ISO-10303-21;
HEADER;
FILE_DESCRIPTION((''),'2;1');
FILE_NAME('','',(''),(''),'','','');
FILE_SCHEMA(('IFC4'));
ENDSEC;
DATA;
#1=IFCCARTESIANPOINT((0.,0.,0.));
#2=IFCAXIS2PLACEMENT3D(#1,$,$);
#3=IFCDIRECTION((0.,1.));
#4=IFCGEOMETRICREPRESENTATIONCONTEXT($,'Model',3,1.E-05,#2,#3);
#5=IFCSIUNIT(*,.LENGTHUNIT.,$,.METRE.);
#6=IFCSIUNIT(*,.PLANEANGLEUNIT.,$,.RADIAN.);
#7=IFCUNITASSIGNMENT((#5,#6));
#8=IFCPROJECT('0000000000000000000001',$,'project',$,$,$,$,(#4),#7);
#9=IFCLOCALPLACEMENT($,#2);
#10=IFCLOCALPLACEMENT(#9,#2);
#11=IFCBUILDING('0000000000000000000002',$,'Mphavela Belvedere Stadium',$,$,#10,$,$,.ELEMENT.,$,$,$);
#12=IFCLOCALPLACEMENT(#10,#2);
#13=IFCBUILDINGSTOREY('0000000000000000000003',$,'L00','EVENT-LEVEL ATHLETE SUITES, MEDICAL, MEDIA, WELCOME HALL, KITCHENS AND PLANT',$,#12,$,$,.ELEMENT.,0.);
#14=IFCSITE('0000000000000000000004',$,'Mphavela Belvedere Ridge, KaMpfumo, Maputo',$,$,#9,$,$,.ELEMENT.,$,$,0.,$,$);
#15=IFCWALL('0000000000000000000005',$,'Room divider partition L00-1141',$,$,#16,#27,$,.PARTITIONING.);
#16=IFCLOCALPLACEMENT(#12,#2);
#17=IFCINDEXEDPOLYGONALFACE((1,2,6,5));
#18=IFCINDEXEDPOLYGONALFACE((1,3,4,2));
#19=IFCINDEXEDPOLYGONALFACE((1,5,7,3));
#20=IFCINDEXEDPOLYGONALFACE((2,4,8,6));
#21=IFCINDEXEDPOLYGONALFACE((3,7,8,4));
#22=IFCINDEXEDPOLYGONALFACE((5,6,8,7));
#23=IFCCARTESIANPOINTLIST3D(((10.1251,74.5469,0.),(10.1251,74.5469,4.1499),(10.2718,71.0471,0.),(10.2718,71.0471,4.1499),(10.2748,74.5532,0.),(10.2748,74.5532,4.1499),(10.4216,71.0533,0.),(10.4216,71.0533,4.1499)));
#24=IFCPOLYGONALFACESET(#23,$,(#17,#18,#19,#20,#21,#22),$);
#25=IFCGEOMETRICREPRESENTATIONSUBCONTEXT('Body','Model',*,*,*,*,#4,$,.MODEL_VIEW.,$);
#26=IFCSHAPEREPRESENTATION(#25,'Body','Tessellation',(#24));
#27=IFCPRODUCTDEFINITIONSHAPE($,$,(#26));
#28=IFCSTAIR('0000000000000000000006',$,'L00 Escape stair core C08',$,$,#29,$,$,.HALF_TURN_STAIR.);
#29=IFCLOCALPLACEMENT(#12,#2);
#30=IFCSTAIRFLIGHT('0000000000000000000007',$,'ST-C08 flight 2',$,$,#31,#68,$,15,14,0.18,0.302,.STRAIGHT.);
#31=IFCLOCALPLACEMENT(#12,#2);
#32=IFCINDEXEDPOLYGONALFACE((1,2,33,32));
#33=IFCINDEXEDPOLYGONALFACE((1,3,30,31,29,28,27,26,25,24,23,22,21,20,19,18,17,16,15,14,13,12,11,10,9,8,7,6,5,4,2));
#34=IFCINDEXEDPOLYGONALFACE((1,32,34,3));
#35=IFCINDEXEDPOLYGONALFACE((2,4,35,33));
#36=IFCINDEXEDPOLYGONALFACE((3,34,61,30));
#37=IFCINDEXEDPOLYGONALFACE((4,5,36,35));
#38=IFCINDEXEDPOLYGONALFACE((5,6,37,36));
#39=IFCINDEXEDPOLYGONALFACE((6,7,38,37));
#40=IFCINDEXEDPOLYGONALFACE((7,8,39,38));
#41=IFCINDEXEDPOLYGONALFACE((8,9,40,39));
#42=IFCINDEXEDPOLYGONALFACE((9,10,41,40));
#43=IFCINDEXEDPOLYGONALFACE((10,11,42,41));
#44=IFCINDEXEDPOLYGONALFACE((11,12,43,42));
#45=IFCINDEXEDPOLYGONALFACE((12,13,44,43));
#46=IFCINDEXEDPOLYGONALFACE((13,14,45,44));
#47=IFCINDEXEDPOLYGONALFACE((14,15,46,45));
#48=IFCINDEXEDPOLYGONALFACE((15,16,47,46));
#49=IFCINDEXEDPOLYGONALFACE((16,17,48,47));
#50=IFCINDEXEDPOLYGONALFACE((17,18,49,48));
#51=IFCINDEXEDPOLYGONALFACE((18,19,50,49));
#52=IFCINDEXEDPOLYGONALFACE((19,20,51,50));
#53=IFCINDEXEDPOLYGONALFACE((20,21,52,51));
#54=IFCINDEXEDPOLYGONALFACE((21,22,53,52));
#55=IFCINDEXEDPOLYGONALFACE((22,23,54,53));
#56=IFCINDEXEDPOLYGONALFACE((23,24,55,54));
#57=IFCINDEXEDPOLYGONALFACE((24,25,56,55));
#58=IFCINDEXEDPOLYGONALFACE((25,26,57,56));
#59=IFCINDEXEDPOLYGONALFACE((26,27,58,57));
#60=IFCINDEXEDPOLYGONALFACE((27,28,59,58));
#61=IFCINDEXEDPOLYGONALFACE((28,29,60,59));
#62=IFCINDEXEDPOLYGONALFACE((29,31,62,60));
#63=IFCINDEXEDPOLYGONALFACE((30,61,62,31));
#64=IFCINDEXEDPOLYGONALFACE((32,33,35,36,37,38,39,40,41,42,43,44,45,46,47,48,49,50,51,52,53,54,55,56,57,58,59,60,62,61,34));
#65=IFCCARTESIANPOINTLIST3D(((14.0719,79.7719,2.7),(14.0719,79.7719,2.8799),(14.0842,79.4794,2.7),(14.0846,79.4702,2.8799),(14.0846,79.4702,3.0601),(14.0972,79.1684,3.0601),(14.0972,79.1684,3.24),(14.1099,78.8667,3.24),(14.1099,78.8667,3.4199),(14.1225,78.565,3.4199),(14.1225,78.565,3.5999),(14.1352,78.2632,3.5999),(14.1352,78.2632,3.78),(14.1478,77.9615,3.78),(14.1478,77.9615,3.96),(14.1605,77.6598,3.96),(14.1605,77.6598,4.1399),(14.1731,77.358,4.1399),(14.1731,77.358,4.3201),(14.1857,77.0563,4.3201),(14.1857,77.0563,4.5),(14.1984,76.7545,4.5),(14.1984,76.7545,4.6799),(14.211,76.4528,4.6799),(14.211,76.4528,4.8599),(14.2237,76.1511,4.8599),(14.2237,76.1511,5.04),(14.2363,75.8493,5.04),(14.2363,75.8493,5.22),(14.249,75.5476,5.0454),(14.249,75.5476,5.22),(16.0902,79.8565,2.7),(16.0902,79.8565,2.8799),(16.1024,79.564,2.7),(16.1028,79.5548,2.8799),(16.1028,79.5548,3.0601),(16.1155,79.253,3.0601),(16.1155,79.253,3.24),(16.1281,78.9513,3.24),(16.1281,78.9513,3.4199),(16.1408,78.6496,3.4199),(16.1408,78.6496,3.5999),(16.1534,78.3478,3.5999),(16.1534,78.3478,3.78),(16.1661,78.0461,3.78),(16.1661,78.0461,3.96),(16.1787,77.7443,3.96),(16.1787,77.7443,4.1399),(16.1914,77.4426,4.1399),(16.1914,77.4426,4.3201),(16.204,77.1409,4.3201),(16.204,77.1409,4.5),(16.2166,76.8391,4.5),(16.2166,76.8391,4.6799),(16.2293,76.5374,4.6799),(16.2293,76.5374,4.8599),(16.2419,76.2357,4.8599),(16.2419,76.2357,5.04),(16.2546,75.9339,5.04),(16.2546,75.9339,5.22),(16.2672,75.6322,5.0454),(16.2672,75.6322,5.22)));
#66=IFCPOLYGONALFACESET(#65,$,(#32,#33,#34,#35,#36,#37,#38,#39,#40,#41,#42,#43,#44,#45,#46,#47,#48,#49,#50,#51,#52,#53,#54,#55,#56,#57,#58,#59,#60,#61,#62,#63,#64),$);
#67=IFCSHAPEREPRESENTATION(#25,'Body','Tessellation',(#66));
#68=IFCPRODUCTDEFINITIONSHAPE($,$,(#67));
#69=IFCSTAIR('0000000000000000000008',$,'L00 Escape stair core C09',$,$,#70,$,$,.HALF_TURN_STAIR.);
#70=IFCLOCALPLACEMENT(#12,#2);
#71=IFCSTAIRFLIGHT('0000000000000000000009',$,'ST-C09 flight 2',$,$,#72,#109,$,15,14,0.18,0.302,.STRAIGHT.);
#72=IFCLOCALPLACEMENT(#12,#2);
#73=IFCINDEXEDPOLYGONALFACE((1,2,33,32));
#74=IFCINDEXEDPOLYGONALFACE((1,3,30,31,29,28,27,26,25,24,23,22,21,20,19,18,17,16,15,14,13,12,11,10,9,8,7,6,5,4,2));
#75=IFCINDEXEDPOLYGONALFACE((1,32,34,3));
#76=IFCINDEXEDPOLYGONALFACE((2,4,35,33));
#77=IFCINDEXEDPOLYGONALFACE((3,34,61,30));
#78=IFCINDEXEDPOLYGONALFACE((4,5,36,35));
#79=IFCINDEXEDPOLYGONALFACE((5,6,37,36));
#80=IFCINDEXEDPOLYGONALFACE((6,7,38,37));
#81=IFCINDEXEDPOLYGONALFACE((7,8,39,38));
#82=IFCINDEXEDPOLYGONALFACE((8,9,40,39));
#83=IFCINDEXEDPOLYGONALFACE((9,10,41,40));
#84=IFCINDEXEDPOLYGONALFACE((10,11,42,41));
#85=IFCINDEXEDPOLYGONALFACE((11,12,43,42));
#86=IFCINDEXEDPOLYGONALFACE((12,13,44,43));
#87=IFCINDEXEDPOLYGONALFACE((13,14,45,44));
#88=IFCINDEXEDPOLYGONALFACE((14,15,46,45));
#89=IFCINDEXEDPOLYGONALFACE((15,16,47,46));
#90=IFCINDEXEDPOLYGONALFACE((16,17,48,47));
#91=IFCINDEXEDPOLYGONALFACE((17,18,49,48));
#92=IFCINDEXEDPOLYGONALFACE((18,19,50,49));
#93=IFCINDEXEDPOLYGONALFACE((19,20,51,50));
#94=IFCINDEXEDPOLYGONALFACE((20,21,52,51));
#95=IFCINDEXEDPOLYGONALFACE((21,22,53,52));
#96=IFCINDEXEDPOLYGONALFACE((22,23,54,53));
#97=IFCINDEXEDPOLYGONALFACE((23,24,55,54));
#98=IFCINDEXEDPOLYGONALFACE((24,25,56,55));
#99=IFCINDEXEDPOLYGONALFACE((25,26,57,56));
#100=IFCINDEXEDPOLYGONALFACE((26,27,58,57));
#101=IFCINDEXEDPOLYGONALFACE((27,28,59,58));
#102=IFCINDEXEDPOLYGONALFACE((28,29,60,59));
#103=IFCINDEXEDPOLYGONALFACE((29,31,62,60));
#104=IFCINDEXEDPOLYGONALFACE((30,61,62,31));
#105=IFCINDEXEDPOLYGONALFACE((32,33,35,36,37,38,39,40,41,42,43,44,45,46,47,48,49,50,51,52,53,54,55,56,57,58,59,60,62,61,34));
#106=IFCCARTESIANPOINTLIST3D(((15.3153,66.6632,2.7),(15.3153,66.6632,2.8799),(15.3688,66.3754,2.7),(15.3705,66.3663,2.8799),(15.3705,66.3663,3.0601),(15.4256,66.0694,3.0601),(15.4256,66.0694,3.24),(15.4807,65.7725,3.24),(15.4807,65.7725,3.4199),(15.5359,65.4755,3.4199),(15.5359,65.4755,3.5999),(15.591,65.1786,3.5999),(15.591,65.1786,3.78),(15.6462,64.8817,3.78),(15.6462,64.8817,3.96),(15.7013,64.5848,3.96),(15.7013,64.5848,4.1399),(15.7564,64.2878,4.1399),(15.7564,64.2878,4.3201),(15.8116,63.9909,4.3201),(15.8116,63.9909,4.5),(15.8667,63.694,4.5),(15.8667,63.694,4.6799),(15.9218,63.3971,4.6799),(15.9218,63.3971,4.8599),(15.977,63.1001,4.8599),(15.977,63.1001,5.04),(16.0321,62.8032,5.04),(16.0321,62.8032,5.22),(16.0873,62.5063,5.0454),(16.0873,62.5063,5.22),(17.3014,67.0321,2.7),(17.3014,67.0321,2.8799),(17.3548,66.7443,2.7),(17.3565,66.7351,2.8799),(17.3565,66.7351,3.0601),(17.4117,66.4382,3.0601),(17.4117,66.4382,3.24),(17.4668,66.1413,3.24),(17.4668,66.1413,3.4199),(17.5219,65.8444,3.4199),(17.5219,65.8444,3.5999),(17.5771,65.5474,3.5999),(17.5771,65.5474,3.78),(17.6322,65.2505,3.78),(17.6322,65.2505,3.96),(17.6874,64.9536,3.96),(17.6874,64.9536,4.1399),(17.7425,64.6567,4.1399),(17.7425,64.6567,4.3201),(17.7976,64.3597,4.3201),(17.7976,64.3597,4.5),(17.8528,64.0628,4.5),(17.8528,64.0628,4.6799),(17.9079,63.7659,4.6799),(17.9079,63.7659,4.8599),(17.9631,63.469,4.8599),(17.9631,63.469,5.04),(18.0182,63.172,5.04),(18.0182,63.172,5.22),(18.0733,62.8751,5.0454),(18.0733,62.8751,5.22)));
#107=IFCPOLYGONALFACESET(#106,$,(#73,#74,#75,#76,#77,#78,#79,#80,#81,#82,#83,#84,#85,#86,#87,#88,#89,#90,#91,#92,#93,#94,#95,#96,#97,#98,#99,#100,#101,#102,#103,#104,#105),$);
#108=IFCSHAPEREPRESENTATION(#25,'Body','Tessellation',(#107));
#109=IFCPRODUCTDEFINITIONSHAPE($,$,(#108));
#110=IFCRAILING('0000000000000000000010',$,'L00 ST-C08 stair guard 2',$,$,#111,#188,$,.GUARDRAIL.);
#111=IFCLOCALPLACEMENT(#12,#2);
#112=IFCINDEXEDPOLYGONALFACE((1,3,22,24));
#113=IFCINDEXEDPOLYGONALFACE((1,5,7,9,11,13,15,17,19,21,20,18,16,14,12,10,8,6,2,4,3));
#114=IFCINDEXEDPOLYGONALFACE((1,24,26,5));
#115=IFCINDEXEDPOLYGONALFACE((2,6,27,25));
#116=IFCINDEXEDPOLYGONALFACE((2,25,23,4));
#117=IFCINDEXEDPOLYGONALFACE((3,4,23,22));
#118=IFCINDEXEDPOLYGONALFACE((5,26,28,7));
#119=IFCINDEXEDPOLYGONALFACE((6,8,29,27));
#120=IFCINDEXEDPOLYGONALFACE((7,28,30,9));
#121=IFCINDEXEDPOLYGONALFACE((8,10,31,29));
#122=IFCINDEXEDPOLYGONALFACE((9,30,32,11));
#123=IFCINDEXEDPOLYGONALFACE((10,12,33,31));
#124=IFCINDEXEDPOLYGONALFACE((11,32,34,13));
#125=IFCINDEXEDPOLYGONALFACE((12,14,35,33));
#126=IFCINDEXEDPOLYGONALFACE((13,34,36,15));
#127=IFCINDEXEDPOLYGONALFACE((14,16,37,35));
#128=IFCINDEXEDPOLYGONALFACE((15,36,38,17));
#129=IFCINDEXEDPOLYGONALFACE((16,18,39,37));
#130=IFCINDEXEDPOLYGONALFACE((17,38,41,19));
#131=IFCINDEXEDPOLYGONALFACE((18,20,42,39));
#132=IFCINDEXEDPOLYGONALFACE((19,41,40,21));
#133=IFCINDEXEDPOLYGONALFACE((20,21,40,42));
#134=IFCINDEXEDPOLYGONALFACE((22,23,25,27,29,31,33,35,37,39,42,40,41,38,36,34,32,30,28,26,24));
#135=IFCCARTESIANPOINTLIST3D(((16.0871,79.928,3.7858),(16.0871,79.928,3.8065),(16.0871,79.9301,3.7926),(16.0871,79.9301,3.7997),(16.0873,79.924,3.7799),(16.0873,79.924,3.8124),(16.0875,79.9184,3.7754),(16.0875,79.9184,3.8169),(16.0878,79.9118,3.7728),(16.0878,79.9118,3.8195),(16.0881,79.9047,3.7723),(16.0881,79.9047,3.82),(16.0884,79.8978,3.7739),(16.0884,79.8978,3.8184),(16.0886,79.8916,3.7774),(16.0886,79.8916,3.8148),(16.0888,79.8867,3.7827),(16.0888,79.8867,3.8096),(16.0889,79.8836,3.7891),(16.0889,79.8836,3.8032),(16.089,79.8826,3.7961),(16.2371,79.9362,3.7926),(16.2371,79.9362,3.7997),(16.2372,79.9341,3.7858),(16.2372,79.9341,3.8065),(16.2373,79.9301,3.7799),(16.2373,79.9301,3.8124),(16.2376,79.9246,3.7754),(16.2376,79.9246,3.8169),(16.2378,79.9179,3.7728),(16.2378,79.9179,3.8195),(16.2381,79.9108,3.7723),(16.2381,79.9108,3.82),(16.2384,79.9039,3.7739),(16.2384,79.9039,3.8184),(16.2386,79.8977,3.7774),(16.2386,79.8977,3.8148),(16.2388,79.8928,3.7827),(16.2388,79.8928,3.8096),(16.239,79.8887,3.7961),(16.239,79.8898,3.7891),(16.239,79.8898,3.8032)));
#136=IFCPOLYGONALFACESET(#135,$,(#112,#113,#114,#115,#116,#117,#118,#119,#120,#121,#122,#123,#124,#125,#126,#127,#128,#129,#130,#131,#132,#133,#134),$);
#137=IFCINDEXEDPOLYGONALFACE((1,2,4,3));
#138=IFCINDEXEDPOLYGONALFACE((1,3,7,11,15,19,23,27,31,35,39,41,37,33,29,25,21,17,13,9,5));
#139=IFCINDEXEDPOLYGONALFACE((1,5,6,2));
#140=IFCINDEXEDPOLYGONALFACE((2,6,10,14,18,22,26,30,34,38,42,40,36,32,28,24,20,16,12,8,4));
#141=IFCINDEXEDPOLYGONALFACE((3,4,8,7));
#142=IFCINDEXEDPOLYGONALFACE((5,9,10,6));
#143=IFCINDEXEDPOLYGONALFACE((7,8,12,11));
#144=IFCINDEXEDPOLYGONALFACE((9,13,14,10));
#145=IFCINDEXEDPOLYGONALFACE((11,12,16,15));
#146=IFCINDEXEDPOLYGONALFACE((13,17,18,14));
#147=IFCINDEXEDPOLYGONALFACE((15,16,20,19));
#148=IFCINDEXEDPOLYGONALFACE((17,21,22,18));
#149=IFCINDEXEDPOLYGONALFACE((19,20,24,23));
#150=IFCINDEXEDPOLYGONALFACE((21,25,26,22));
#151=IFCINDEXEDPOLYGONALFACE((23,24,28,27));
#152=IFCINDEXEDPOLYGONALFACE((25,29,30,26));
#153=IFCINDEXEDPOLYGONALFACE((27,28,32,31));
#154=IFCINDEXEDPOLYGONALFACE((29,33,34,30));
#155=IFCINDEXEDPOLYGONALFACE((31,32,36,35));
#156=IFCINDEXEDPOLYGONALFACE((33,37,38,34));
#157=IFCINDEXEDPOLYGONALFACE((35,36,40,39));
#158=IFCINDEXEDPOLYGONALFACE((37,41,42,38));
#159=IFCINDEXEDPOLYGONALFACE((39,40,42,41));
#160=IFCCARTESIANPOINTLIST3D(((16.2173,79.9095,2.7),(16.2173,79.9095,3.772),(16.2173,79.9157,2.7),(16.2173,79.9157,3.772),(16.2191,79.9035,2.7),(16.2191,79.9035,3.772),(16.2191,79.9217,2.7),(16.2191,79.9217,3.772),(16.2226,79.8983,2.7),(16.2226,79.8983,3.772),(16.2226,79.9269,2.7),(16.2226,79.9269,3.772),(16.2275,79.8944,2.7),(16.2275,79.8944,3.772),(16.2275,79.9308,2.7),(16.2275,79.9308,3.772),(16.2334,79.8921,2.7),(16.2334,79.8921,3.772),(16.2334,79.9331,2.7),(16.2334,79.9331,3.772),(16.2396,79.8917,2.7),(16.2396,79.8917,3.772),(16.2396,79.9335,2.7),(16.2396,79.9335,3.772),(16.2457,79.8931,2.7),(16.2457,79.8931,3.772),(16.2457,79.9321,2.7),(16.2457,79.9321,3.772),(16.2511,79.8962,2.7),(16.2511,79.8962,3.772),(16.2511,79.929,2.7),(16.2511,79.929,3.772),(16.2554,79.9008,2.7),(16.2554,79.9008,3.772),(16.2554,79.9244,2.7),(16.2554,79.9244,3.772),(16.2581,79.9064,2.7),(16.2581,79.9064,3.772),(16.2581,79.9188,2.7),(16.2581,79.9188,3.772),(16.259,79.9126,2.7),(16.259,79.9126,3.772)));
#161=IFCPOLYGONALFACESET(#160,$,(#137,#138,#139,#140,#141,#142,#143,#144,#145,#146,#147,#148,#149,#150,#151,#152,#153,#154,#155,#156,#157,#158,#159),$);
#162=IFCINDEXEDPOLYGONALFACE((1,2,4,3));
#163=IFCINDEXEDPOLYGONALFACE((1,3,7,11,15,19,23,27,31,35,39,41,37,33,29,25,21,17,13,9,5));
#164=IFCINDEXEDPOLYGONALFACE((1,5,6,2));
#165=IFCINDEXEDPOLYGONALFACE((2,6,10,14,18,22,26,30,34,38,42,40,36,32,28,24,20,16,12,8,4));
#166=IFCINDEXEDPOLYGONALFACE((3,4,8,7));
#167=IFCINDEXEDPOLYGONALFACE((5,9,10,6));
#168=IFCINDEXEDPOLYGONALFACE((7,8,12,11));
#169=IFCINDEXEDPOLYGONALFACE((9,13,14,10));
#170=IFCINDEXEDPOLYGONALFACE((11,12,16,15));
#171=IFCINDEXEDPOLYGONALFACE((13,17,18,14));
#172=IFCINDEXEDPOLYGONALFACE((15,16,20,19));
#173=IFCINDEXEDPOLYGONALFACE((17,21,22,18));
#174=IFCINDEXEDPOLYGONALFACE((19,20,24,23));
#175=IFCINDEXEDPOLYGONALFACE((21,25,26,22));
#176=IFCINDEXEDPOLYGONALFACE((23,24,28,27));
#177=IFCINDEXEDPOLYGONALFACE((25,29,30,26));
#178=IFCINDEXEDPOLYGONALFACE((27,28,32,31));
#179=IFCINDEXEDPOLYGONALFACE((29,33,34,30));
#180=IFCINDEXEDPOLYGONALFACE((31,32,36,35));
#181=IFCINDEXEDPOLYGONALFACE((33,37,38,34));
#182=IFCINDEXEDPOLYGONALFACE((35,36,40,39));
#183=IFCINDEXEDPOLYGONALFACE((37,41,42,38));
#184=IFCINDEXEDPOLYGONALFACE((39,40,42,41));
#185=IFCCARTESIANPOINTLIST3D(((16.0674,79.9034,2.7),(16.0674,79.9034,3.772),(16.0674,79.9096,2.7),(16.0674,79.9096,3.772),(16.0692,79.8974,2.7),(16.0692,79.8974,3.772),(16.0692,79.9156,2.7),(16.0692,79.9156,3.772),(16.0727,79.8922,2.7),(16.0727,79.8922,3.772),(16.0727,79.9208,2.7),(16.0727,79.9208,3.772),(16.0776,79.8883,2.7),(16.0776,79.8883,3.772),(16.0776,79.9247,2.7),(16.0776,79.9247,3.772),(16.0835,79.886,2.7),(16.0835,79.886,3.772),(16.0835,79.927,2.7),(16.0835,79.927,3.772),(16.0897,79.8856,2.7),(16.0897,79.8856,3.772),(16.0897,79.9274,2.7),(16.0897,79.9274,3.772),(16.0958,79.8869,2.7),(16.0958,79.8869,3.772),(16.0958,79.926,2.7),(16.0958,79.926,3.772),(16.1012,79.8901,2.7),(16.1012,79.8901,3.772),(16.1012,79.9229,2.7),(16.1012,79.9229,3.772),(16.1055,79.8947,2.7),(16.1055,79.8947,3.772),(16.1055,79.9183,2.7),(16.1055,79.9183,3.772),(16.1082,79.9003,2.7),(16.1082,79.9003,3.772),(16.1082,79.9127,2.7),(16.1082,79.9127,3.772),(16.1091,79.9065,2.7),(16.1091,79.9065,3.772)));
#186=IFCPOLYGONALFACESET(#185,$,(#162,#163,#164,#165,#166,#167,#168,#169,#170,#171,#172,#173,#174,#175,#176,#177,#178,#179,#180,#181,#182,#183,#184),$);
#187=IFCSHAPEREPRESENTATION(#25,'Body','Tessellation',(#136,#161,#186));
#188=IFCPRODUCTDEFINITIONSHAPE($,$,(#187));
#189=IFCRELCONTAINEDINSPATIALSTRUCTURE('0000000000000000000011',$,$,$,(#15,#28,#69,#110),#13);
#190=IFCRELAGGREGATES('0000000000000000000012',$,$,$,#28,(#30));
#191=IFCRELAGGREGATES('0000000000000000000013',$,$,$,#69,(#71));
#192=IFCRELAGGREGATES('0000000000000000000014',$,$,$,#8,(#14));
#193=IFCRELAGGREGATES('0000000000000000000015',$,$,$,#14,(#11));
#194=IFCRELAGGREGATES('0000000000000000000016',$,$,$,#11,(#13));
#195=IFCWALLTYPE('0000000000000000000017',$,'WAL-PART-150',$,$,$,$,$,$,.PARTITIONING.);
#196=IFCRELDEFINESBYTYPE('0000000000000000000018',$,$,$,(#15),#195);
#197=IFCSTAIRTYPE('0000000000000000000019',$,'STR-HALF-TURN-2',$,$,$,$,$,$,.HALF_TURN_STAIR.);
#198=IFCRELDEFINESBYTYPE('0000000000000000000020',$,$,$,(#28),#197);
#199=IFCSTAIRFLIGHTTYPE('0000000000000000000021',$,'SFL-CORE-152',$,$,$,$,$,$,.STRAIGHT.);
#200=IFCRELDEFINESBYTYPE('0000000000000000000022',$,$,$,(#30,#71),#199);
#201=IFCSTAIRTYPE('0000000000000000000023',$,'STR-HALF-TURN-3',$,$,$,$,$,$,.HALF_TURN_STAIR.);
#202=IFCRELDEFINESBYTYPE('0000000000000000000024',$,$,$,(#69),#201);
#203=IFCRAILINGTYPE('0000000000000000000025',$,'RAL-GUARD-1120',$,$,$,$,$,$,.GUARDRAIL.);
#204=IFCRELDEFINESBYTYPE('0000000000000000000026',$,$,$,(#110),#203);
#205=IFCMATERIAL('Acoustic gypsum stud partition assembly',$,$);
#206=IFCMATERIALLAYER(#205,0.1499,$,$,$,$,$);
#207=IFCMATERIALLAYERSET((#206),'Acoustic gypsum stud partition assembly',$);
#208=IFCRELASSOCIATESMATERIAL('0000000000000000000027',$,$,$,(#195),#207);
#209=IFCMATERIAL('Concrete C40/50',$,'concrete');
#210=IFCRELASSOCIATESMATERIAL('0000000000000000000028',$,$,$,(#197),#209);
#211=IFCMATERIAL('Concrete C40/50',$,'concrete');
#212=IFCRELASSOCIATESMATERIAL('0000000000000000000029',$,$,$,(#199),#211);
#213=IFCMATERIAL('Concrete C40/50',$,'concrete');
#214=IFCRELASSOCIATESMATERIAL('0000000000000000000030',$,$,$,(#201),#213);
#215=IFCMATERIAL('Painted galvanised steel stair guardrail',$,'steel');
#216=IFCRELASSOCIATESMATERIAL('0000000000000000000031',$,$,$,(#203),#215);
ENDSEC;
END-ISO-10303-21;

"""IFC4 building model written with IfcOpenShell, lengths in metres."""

from ifc_helpers import new_model, si_unit, direction, frame, frame_2d, origin, origin_2d, place, context, subcontext, project, spatial, polyline, rectangle, circle, outline, extrude, material, layer, layer_set, type_object, element, aggregate, save


model = new_model("IFC4")

# Units and contexts
model_context = context("Model", 3, precision=1e-05, world=origin(), true_north=direction((0.0, 1.0)))
body_context = subcontext(model_context, "Body", "Model", "MODEL_VIEW")
ifc_project = project(units=[si_unit("LENGTHUNIT", "METRE"), si_unit("PLANEANGLEUNIT", "RADIAN")], contexts=[model_context])

# Site, building, storey
site_placement = place(None, origin())
site = spatial("IfcSite", under=ifc_project, at=site_placement, Name="Mphavela Belvedere Ridge, KaMpfumo, Maputo", CompositionType="ELEMENT", RefElevation=0.0)
building_placement = place(site_placement, origin())
building = spatial("IfcBuilding", under=site, at=building_placement, Name="Mphavela Belvedere Stadium", CompositionType="ELEMENT")
storey_placement = place(building_placement, origin())
storey = spatial("IfcBuildingStorey", under=building, at=storey_placement, Name="L00", Description="EVENT-LEVEL ATHLETE SUITES, MEDICAL, MEDIA, WELCOME HALL, KITCHENS AND PLANT", CompositionType="ELEMENT", Elevation=0.0)

# Wall
ifc_material_1 = material(Name="Acoustic gypsum stud partition assembly")
ifc_layer_1 = layer(ifc_material_1, 0.1499)
ifc_layer_set_1 = layer_set([ifc_layer_1], Name="Acoustic gypsum stud partition assembly")
wall_type_1 = type_object("IfcWallType", Name="WAL-PART-150", PredefinedType="PARTITIONING", material=ifc_layer_set_1)
wall_1_placement = place(storey_placement, frame((10.2, 74.55, 0.0), z_axis=(0.0, 0.0, 1.0), x_axis=(0.041889, -0.999122, 0.0)))
element("IfcWall", 1, at=wall_1_placement, inside=storey, type_object=wall_type_1, Name="Room divider partition L00-1141", PredefinedType="PARTITIONING", context=body_context, shape_type="SweptSolid", body=[
    extrude(rectangle(XDim=3.5029, YDim=0.1499, at=frame_2d((1.7515, 0.0))), origin(), (0.0, 0.0, 1.0), 4.1499),
])

# Stairs, stair flights
ifc_material_2 = material(Name="Concrete C40/50", Category="concrete")
stair_type_1 = type_object("IfcStairType", Name="STR-HALF-TURN-2", PredefinedType="HALF_TURN_STAIR", material=ifc_material_2)
stair_1_placement = place(storey_placement, origin())
stair_1 = element("IfcStair", 2, at=stair_1_placement, inside=storey, type_object=stair_type_1, Name="L00 Escape stair core C08", PredefinedType="HALF_TURN_STAIR")
ifc_material_3 = material(Name="Concrete C40/50", Category="concrete")
stair_flight_type = type_object("IfcStairFlightType", Name="SFL-CORE-152", PredefinedType="STRAIGHT", material=ifc_material_3)
stair_flight_1_placement = place(storey_placement, frame((15.0811, 79.8142, 2.7), z_axis=(0.0, 0.0, 1.0), x_axis=(0.041876, -0.999123, 0.0)))
stair_flight_1 = element("IfcStairFlight", 3, at=stair_flight_1_placement, type_object=stair_flight_type, Name="ST-C08 flight 2", NumberOfRisers=15, NumberOfTreads=14, PredefinedType="STRAIGHT", RiserHeight=0.18, TreadLength=0.302, context=body_context, shape_type="SweptSolid", body=[
    extrude(outline(polyline([(0.0, 0.0), (0.0, 0.1799), (0.302, 0.1799), (0.302, 0.3601), (0.604, 0.3601), (0.604, 0.54), (0.906, 0.54), (0.906, 0.72), (1.208, 0.72), (1.208, 0.8999), (1.51, 0.8999), (1.51, 1.0801), (1.812, 1.0801), (1.812, 1.26), (2.114, 1.26), (2.114, 1.4399), (2.416, 1.4399), (2.416, 1.6201), (2.718, 1.6201), (2.718, 1.8), (3.02, 1.8), (3.02, 1.98), (3.322, 1.98), (3.322, 2.1599), (3.624, 2.1599), (3.624, 2.3401), (3.926, 2.3401), (3.926, 2.52), (4.228, 2.52), (4.228, 2.7), (4.228, 2.3455), (0.2927, 0.0), (0.0, 0.0)])), frame((0.0, 1.01, 0.0), z_axis=(0.0, -1.0, 0.0), x_axis=(1.0, 0.0, 0.0)), (0.0, 0.0, 1.0), 2.02),
])
aggregate(stair_1, [stair_flight_1])
ifc_material_4 = material(Name="Concrete C40/50", Category="concrete")
stair_type_2 = type_object("IfcStairType", Name="STR-HALF-TURN-3", PredefinedType="HALF_TURN_STAIR", material=ifc_material_4)
stair_2_placement = place(storey_placement, origin())
stair_2 = element("IfcStair", 4, at=stair_2_placement, inside=storey, type_object=stair_type_2, Name="L00 Escape stair core C09", PredefinedType="HALF_TURN_STAIR")
stair_flight_2_placement = place(storey_placement, frame((16.3083, 66.8477, 2.7), z_axis=(0.0, 0.0, 1.0), x_axis=(0.182579, -0.983191, 0.0)))
stair_flight_2 = element("IfcStairFlight", 5, at=stair_flight_2_placement, type_object=stair_flight_type, Name="ST-C09 flight 2", NumberOfRisers=15, NumberOfTreads=14, PredefinedType="STRAIGHT", RiserHeight=0.18, TreadLength=0.302, context=body_context, shape_type="SweptSolid", body=[
    extrude(outline(polyline([(0.0, 0.0), (0.0, 0.1799), (0.302, 0.1799), (0.302, 0.3601), (0.604, 0.3601), (0.604, 0.54), (0.906, 0.54), (0.906, 0.72), (1.208, 0.72), (1.208, 0.8999), (1.51, 0.8999), (1.51, 1.0801), (1.812, 1.0801), (1.812, 1.26), (2.114, 1.26), (2.114, 1.4399), (2.416, 1.4399), (2.416, 1.6201), (2.718, 1.6201), (2.718, 1.8), (3.02, 1.8), (3.02, 1.98), (3.322, 1.98), (3.322, 2.1599), (3.624, 2.1599), (3.624, 2.3401), (3.926, 2.3401), (3.926, 2.52), (4.228, 2.52), (4.228, 2.7), (4.228, 2.3455), (0.2927, 0.0), (0.0, 0.0)])), frame((0.0, 1.01, 0.0), z_axis=(0.0, -1.0, 0.0), x_axis=(1.0, 0.0, 0.0)), (0.0, 0.0, 1.0), 2.02),
])
aggregate(stair_2, [stair_flight_2])

# Railing
ifc_material_5 = material(Name="Painted galvanised steel stair guardrail", Category="steel")
railing_type_1 = type_object("IfcRailingType", Name="RAL-GUARD-1120", PredefinedType="GUARDRAIL", material=ifc_material_5)
railing_1_placement = place(storey_placement, frame((16.238, 79.9126, 2.7)))
element("IfcRailing", 6, at=railing_1_placement, inside=storey, type_object=railing_type_1, Name="L00 ST-C08 stair guard 2", PredefinedType="GUARDRAIL", context=body_context, shape_type="SweptSolid", body=[
    extrude(circle(Radius=0.0239, at=origin_2d()), frame((0.0, 0.0, 1.0962), z_axis=(-0.999172, -0.040683, 0.0), x_axis=(0.040683, -0.999172, 0.0)), (0.0, 0.0, 1.0), 0.1501),
    extrude(circle(Radius=0.021, at=origin_2d()), origin(), (0.0, 0.0, 1.0), 1.072),
    extrude(circle(Radius=0.021, at=origin_2d()), frame((-0.1499, -0.0061, 0.0)), (0.0, 0.0, 1.0), 1.072),
])

save(model, "model.ifc")
